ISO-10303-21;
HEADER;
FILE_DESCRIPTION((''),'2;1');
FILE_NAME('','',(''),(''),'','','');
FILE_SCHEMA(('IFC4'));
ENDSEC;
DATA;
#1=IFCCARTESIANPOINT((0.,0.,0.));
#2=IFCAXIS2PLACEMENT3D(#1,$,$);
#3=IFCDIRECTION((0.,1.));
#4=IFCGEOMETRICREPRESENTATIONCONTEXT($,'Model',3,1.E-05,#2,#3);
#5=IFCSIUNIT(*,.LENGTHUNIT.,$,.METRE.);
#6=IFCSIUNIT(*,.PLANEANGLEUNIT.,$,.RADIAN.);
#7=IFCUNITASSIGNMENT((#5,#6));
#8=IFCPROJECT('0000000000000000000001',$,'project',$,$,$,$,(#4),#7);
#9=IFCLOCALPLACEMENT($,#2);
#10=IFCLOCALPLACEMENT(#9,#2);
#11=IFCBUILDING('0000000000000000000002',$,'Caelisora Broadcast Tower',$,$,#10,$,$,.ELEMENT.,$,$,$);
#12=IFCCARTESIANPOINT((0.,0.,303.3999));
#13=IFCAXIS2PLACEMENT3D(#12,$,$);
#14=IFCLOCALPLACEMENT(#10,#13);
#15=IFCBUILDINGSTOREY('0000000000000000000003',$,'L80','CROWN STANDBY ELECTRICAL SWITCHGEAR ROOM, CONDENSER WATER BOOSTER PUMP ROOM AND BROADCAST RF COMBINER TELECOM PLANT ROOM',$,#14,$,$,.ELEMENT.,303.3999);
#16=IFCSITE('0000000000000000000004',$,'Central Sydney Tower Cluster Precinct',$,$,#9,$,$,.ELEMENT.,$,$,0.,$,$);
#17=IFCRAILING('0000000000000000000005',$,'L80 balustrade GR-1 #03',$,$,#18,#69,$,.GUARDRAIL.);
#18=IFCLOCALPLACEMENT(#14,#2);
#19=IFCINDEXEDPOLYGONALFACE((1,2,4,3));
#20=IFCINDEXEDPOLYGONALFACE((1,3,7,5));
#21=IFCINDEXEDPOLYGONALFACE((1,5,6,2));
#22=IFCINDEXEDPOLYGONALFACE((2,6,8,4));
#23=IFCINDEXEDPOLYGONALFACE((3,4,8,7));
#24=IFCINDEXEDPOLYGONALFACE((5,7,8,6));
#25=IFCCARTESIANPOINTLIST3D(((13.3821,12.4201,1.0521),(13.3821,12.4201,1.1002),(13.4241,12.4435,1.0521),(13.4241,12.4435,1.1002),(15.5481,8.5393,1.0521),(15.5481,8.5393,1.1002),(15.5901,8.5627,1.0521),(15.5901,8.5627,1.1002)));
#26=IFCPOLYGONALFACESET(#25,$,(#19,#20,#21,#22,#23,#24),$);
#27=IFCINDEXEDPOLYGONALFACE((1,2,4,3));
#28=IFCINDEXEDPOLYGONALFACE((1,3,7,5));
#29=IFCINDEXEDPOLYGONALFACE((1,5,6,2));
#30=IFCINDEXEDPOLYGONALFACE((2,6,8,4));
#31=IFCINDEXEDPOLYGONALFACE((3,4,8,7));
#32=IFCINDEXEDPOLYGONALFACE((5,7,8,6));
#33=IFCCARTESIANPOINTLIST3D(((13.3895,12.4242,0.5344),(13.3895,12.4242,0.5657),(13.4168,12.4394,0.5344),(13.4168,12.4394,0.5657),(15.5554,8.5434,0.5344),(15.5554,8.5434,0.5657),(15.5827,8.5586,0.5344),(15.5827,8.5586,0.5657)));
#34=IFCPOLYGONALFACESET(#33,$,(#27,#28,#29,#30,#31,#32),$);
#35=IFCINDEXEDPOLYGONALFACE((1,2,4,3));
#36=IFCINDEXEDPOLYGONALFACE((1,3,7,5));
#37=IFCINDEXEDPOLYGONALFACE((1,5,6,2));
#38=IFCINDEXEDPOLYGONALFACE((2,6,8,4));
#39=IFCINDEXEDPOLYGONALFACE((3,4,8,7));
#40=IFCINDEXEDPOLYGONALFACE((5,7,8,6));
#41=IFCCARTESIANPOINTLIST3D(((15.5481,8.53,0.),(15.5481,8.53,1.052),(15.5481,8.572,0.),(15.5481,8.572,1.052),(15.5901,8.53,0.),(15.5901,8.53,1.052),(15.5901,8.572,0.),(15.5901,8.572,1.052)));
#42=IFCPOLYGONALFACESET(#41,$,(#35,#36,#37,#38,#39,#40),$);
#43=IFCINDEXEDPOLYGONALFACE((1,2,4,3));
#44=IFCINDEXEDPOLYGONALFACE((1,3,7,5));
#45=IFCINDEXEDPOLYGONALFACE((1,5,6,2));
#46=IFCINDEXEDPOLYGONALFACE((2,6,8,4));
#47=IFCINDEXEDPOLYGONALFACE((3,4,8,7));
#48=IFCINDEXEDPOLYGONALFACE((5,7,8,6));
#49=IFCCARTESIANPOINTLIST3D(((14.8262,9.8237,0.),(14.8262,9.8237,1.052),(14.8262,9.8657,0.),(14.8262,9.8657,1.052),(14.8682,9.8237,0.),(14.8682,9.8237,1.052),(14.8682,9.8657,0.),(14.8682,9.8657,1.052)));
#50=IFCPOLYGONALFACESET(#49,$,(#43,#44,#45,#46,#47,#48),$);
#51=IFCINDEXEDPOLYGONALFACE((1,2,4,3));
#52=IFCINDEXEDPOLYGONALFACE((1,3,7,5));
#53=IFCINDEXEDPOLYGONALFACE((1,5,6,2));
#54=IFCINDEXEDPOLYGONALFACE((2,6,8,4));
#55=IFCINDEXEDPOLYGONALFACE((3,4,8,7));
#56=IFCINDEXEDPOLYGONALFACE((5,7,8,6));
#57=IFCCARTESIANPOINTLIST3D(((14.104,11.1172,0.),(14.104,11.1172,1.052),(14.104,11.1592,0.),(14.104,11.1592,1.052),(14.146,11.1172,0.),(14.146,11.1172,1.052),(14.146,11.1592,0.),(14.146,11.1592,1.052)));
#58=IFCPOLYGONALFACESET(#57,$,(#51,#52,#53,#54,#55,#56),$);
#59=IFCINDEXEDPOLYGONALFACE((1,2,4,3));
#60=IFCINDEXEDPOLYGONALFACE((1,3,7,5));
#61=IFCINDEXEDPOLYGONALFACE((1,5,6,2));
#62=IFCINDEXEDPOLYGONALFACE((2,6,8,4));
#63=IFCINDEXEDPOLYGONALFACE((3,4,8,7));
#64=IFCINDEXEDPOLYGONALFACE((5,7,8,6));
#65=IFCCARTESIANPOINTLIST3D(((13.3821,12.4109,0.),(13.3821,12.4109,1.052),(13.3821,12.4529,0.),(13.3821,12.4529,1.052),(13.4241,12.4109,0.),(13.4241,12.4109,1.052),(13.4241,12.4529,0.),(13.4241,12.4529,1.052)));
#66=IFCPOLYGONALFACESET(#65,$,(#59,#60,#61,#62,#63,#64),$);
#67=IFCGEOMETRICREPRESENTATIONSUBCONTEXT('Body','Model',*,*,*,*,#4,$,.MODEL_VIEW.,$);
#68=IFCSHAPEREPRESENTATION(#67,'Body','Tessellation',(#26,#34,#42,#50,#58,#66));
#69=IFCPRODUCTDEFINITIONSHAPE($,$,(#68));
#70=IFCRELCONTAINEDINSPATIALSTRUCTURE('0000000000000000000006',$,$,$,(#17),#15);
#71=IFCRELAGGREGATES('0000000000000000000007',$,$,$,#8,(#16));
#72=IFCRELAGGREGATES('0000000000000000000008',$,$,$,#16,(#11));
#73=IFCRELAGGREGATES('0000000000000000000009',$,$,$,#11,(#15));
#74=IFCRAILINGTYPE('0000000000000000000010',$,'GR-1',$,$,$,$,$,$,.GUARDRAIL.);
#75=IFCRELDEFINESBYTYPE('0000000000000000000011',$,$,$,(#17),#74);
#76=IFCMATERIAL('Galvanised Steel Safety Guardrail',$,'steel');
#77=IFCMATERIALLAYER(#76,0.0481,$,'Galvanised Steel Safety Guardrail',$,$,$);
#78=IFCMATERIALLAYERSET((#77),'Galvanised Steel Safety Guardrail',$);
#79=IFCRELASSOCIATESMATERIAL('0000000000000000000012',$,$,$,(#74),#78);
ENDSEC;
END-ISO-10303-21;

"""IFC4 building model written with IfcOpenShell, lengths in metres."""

from ifc_helpers import new_model, si_unit, direction, frame, origin, origin_2d, place, context, subcontext, project, spatial, rectangle, extrude, material, layer, layer_set, type_object, element, save


model = new_model("IFC4")

# Units and contexts
model_context = context("Model", 3, precision=1e-05, world=origin(), true_north=direction((0.0, 1.0)))
body_context = subcontext(model_context, "Body", "Model", "MODEL_VIEW")
ifc_project = project(units=[si_unit("LENGTHUNIT", "METRE"), si_unit("PLANEANGLEUNIT", "RADIAN")], contexts=[model_context])

# Site, building, storey
site_placement = place(None, origin())
site = spatial("IfcSite", under=ifc_project, at=site_placement, Name="Central Sydney Tower Cluster Precinct", CompositionType="ELEMENT", RefElevation=0.0)
building_placement = place(site_placement, origin())
building = spatial("IfcBuilding", under=site, at=building_placement, Name="Caelisora Broadcast Tower", CompositionType="ELEMENT")
storey_placement = place(building_placement, frame((0.0, 0.0, 303.3999)))
storey = spatial("IfcBuildingStorey", under=building, at=storey_placement, Name="L80", Description="CROWN STANDBY ELECTRICAL SWITCHGEAR ROOM, CONDENSER WATER BOOSTER PUMP ROOM AND BROADCAST RF COMBINER TELECOM PLANT ROOM", CompositionType="ELEMENT", Elevation=303.3999)

# Railing
ifc_material_1 = material(Name="Galvanised Steel Safety Guardrail", Category="steel")
ifc_layer_1 = layer(ifc_material_1, 0.0481, Name="Galvanised Steel Safety Guardrail")
ifc_layer_set_1 = layer_set([ifc_layer_1], Name="Galvanised Steel Safety Guardrail")
railing_type = type_object("IfcRailingType", Name="GR-1", PredefinedType="GUARDRAIL", material=ifc_layer_set_1)
railing_1_placement = place(storey_placement, frame((15.5691, 8.551, 0.0)))
element("IfcRailing", 1, at=railing_1_placement, inside=storey, type_object=railing_type, Name="L80 balustrade GR-1 #03", PredefinedType="GUARDRAIL", context=body_context, shape_type="SweptSolid", body=[
    extrude(rectangle(XDim=0.0481, YDim=0.0481, at=origin_2d()), frame((0.0, 0.0, 1.0762), z_axis=(-0.487358, 0.873202, 0.0), x_axis=(-0.873202, -0.487358, 0.0)), (0.0, 0.0, 1.0), 4.4443),
    extrude(rectangle(XDim=0.0312, YDim=0.0312, at=origin_2d()), frame((0.0, 0.0, 0.55), z_axis=(-0.487358, 0.873202, 0.0), x_axis=(-0.873202, -0.487358, 0.0)), (0.0, 0.0, 1.0), 4.4443),
    extrude(rectangle(XDim=0.042, YDim=0.042, at=origin_2d()), origin(), (0.0, 0.0, 1.0), 1.052),
    extrude(rectangle(XDim=0.042, YDim=0.042, at=origin_2d()), frame((-0.7219, 1.2937, 0.0)), (0.0, 0.0, 1.0), 1.052),
    extrude(rectangle(XDim=0.042, YDim=0.042, at=origin_2d()), frame((-1.4441, 2.5872, 0.0)), (0.0, 0.0, 1.0), 1.052),
    extrude(rectangle(XDim=0.042, YDim=0.042, at=origin_2d()), frame((-2.166, 3.8809, 0.0)), (0.0, 0.0, 1.0), 1.052),
])

save(model, "model.ifc")
